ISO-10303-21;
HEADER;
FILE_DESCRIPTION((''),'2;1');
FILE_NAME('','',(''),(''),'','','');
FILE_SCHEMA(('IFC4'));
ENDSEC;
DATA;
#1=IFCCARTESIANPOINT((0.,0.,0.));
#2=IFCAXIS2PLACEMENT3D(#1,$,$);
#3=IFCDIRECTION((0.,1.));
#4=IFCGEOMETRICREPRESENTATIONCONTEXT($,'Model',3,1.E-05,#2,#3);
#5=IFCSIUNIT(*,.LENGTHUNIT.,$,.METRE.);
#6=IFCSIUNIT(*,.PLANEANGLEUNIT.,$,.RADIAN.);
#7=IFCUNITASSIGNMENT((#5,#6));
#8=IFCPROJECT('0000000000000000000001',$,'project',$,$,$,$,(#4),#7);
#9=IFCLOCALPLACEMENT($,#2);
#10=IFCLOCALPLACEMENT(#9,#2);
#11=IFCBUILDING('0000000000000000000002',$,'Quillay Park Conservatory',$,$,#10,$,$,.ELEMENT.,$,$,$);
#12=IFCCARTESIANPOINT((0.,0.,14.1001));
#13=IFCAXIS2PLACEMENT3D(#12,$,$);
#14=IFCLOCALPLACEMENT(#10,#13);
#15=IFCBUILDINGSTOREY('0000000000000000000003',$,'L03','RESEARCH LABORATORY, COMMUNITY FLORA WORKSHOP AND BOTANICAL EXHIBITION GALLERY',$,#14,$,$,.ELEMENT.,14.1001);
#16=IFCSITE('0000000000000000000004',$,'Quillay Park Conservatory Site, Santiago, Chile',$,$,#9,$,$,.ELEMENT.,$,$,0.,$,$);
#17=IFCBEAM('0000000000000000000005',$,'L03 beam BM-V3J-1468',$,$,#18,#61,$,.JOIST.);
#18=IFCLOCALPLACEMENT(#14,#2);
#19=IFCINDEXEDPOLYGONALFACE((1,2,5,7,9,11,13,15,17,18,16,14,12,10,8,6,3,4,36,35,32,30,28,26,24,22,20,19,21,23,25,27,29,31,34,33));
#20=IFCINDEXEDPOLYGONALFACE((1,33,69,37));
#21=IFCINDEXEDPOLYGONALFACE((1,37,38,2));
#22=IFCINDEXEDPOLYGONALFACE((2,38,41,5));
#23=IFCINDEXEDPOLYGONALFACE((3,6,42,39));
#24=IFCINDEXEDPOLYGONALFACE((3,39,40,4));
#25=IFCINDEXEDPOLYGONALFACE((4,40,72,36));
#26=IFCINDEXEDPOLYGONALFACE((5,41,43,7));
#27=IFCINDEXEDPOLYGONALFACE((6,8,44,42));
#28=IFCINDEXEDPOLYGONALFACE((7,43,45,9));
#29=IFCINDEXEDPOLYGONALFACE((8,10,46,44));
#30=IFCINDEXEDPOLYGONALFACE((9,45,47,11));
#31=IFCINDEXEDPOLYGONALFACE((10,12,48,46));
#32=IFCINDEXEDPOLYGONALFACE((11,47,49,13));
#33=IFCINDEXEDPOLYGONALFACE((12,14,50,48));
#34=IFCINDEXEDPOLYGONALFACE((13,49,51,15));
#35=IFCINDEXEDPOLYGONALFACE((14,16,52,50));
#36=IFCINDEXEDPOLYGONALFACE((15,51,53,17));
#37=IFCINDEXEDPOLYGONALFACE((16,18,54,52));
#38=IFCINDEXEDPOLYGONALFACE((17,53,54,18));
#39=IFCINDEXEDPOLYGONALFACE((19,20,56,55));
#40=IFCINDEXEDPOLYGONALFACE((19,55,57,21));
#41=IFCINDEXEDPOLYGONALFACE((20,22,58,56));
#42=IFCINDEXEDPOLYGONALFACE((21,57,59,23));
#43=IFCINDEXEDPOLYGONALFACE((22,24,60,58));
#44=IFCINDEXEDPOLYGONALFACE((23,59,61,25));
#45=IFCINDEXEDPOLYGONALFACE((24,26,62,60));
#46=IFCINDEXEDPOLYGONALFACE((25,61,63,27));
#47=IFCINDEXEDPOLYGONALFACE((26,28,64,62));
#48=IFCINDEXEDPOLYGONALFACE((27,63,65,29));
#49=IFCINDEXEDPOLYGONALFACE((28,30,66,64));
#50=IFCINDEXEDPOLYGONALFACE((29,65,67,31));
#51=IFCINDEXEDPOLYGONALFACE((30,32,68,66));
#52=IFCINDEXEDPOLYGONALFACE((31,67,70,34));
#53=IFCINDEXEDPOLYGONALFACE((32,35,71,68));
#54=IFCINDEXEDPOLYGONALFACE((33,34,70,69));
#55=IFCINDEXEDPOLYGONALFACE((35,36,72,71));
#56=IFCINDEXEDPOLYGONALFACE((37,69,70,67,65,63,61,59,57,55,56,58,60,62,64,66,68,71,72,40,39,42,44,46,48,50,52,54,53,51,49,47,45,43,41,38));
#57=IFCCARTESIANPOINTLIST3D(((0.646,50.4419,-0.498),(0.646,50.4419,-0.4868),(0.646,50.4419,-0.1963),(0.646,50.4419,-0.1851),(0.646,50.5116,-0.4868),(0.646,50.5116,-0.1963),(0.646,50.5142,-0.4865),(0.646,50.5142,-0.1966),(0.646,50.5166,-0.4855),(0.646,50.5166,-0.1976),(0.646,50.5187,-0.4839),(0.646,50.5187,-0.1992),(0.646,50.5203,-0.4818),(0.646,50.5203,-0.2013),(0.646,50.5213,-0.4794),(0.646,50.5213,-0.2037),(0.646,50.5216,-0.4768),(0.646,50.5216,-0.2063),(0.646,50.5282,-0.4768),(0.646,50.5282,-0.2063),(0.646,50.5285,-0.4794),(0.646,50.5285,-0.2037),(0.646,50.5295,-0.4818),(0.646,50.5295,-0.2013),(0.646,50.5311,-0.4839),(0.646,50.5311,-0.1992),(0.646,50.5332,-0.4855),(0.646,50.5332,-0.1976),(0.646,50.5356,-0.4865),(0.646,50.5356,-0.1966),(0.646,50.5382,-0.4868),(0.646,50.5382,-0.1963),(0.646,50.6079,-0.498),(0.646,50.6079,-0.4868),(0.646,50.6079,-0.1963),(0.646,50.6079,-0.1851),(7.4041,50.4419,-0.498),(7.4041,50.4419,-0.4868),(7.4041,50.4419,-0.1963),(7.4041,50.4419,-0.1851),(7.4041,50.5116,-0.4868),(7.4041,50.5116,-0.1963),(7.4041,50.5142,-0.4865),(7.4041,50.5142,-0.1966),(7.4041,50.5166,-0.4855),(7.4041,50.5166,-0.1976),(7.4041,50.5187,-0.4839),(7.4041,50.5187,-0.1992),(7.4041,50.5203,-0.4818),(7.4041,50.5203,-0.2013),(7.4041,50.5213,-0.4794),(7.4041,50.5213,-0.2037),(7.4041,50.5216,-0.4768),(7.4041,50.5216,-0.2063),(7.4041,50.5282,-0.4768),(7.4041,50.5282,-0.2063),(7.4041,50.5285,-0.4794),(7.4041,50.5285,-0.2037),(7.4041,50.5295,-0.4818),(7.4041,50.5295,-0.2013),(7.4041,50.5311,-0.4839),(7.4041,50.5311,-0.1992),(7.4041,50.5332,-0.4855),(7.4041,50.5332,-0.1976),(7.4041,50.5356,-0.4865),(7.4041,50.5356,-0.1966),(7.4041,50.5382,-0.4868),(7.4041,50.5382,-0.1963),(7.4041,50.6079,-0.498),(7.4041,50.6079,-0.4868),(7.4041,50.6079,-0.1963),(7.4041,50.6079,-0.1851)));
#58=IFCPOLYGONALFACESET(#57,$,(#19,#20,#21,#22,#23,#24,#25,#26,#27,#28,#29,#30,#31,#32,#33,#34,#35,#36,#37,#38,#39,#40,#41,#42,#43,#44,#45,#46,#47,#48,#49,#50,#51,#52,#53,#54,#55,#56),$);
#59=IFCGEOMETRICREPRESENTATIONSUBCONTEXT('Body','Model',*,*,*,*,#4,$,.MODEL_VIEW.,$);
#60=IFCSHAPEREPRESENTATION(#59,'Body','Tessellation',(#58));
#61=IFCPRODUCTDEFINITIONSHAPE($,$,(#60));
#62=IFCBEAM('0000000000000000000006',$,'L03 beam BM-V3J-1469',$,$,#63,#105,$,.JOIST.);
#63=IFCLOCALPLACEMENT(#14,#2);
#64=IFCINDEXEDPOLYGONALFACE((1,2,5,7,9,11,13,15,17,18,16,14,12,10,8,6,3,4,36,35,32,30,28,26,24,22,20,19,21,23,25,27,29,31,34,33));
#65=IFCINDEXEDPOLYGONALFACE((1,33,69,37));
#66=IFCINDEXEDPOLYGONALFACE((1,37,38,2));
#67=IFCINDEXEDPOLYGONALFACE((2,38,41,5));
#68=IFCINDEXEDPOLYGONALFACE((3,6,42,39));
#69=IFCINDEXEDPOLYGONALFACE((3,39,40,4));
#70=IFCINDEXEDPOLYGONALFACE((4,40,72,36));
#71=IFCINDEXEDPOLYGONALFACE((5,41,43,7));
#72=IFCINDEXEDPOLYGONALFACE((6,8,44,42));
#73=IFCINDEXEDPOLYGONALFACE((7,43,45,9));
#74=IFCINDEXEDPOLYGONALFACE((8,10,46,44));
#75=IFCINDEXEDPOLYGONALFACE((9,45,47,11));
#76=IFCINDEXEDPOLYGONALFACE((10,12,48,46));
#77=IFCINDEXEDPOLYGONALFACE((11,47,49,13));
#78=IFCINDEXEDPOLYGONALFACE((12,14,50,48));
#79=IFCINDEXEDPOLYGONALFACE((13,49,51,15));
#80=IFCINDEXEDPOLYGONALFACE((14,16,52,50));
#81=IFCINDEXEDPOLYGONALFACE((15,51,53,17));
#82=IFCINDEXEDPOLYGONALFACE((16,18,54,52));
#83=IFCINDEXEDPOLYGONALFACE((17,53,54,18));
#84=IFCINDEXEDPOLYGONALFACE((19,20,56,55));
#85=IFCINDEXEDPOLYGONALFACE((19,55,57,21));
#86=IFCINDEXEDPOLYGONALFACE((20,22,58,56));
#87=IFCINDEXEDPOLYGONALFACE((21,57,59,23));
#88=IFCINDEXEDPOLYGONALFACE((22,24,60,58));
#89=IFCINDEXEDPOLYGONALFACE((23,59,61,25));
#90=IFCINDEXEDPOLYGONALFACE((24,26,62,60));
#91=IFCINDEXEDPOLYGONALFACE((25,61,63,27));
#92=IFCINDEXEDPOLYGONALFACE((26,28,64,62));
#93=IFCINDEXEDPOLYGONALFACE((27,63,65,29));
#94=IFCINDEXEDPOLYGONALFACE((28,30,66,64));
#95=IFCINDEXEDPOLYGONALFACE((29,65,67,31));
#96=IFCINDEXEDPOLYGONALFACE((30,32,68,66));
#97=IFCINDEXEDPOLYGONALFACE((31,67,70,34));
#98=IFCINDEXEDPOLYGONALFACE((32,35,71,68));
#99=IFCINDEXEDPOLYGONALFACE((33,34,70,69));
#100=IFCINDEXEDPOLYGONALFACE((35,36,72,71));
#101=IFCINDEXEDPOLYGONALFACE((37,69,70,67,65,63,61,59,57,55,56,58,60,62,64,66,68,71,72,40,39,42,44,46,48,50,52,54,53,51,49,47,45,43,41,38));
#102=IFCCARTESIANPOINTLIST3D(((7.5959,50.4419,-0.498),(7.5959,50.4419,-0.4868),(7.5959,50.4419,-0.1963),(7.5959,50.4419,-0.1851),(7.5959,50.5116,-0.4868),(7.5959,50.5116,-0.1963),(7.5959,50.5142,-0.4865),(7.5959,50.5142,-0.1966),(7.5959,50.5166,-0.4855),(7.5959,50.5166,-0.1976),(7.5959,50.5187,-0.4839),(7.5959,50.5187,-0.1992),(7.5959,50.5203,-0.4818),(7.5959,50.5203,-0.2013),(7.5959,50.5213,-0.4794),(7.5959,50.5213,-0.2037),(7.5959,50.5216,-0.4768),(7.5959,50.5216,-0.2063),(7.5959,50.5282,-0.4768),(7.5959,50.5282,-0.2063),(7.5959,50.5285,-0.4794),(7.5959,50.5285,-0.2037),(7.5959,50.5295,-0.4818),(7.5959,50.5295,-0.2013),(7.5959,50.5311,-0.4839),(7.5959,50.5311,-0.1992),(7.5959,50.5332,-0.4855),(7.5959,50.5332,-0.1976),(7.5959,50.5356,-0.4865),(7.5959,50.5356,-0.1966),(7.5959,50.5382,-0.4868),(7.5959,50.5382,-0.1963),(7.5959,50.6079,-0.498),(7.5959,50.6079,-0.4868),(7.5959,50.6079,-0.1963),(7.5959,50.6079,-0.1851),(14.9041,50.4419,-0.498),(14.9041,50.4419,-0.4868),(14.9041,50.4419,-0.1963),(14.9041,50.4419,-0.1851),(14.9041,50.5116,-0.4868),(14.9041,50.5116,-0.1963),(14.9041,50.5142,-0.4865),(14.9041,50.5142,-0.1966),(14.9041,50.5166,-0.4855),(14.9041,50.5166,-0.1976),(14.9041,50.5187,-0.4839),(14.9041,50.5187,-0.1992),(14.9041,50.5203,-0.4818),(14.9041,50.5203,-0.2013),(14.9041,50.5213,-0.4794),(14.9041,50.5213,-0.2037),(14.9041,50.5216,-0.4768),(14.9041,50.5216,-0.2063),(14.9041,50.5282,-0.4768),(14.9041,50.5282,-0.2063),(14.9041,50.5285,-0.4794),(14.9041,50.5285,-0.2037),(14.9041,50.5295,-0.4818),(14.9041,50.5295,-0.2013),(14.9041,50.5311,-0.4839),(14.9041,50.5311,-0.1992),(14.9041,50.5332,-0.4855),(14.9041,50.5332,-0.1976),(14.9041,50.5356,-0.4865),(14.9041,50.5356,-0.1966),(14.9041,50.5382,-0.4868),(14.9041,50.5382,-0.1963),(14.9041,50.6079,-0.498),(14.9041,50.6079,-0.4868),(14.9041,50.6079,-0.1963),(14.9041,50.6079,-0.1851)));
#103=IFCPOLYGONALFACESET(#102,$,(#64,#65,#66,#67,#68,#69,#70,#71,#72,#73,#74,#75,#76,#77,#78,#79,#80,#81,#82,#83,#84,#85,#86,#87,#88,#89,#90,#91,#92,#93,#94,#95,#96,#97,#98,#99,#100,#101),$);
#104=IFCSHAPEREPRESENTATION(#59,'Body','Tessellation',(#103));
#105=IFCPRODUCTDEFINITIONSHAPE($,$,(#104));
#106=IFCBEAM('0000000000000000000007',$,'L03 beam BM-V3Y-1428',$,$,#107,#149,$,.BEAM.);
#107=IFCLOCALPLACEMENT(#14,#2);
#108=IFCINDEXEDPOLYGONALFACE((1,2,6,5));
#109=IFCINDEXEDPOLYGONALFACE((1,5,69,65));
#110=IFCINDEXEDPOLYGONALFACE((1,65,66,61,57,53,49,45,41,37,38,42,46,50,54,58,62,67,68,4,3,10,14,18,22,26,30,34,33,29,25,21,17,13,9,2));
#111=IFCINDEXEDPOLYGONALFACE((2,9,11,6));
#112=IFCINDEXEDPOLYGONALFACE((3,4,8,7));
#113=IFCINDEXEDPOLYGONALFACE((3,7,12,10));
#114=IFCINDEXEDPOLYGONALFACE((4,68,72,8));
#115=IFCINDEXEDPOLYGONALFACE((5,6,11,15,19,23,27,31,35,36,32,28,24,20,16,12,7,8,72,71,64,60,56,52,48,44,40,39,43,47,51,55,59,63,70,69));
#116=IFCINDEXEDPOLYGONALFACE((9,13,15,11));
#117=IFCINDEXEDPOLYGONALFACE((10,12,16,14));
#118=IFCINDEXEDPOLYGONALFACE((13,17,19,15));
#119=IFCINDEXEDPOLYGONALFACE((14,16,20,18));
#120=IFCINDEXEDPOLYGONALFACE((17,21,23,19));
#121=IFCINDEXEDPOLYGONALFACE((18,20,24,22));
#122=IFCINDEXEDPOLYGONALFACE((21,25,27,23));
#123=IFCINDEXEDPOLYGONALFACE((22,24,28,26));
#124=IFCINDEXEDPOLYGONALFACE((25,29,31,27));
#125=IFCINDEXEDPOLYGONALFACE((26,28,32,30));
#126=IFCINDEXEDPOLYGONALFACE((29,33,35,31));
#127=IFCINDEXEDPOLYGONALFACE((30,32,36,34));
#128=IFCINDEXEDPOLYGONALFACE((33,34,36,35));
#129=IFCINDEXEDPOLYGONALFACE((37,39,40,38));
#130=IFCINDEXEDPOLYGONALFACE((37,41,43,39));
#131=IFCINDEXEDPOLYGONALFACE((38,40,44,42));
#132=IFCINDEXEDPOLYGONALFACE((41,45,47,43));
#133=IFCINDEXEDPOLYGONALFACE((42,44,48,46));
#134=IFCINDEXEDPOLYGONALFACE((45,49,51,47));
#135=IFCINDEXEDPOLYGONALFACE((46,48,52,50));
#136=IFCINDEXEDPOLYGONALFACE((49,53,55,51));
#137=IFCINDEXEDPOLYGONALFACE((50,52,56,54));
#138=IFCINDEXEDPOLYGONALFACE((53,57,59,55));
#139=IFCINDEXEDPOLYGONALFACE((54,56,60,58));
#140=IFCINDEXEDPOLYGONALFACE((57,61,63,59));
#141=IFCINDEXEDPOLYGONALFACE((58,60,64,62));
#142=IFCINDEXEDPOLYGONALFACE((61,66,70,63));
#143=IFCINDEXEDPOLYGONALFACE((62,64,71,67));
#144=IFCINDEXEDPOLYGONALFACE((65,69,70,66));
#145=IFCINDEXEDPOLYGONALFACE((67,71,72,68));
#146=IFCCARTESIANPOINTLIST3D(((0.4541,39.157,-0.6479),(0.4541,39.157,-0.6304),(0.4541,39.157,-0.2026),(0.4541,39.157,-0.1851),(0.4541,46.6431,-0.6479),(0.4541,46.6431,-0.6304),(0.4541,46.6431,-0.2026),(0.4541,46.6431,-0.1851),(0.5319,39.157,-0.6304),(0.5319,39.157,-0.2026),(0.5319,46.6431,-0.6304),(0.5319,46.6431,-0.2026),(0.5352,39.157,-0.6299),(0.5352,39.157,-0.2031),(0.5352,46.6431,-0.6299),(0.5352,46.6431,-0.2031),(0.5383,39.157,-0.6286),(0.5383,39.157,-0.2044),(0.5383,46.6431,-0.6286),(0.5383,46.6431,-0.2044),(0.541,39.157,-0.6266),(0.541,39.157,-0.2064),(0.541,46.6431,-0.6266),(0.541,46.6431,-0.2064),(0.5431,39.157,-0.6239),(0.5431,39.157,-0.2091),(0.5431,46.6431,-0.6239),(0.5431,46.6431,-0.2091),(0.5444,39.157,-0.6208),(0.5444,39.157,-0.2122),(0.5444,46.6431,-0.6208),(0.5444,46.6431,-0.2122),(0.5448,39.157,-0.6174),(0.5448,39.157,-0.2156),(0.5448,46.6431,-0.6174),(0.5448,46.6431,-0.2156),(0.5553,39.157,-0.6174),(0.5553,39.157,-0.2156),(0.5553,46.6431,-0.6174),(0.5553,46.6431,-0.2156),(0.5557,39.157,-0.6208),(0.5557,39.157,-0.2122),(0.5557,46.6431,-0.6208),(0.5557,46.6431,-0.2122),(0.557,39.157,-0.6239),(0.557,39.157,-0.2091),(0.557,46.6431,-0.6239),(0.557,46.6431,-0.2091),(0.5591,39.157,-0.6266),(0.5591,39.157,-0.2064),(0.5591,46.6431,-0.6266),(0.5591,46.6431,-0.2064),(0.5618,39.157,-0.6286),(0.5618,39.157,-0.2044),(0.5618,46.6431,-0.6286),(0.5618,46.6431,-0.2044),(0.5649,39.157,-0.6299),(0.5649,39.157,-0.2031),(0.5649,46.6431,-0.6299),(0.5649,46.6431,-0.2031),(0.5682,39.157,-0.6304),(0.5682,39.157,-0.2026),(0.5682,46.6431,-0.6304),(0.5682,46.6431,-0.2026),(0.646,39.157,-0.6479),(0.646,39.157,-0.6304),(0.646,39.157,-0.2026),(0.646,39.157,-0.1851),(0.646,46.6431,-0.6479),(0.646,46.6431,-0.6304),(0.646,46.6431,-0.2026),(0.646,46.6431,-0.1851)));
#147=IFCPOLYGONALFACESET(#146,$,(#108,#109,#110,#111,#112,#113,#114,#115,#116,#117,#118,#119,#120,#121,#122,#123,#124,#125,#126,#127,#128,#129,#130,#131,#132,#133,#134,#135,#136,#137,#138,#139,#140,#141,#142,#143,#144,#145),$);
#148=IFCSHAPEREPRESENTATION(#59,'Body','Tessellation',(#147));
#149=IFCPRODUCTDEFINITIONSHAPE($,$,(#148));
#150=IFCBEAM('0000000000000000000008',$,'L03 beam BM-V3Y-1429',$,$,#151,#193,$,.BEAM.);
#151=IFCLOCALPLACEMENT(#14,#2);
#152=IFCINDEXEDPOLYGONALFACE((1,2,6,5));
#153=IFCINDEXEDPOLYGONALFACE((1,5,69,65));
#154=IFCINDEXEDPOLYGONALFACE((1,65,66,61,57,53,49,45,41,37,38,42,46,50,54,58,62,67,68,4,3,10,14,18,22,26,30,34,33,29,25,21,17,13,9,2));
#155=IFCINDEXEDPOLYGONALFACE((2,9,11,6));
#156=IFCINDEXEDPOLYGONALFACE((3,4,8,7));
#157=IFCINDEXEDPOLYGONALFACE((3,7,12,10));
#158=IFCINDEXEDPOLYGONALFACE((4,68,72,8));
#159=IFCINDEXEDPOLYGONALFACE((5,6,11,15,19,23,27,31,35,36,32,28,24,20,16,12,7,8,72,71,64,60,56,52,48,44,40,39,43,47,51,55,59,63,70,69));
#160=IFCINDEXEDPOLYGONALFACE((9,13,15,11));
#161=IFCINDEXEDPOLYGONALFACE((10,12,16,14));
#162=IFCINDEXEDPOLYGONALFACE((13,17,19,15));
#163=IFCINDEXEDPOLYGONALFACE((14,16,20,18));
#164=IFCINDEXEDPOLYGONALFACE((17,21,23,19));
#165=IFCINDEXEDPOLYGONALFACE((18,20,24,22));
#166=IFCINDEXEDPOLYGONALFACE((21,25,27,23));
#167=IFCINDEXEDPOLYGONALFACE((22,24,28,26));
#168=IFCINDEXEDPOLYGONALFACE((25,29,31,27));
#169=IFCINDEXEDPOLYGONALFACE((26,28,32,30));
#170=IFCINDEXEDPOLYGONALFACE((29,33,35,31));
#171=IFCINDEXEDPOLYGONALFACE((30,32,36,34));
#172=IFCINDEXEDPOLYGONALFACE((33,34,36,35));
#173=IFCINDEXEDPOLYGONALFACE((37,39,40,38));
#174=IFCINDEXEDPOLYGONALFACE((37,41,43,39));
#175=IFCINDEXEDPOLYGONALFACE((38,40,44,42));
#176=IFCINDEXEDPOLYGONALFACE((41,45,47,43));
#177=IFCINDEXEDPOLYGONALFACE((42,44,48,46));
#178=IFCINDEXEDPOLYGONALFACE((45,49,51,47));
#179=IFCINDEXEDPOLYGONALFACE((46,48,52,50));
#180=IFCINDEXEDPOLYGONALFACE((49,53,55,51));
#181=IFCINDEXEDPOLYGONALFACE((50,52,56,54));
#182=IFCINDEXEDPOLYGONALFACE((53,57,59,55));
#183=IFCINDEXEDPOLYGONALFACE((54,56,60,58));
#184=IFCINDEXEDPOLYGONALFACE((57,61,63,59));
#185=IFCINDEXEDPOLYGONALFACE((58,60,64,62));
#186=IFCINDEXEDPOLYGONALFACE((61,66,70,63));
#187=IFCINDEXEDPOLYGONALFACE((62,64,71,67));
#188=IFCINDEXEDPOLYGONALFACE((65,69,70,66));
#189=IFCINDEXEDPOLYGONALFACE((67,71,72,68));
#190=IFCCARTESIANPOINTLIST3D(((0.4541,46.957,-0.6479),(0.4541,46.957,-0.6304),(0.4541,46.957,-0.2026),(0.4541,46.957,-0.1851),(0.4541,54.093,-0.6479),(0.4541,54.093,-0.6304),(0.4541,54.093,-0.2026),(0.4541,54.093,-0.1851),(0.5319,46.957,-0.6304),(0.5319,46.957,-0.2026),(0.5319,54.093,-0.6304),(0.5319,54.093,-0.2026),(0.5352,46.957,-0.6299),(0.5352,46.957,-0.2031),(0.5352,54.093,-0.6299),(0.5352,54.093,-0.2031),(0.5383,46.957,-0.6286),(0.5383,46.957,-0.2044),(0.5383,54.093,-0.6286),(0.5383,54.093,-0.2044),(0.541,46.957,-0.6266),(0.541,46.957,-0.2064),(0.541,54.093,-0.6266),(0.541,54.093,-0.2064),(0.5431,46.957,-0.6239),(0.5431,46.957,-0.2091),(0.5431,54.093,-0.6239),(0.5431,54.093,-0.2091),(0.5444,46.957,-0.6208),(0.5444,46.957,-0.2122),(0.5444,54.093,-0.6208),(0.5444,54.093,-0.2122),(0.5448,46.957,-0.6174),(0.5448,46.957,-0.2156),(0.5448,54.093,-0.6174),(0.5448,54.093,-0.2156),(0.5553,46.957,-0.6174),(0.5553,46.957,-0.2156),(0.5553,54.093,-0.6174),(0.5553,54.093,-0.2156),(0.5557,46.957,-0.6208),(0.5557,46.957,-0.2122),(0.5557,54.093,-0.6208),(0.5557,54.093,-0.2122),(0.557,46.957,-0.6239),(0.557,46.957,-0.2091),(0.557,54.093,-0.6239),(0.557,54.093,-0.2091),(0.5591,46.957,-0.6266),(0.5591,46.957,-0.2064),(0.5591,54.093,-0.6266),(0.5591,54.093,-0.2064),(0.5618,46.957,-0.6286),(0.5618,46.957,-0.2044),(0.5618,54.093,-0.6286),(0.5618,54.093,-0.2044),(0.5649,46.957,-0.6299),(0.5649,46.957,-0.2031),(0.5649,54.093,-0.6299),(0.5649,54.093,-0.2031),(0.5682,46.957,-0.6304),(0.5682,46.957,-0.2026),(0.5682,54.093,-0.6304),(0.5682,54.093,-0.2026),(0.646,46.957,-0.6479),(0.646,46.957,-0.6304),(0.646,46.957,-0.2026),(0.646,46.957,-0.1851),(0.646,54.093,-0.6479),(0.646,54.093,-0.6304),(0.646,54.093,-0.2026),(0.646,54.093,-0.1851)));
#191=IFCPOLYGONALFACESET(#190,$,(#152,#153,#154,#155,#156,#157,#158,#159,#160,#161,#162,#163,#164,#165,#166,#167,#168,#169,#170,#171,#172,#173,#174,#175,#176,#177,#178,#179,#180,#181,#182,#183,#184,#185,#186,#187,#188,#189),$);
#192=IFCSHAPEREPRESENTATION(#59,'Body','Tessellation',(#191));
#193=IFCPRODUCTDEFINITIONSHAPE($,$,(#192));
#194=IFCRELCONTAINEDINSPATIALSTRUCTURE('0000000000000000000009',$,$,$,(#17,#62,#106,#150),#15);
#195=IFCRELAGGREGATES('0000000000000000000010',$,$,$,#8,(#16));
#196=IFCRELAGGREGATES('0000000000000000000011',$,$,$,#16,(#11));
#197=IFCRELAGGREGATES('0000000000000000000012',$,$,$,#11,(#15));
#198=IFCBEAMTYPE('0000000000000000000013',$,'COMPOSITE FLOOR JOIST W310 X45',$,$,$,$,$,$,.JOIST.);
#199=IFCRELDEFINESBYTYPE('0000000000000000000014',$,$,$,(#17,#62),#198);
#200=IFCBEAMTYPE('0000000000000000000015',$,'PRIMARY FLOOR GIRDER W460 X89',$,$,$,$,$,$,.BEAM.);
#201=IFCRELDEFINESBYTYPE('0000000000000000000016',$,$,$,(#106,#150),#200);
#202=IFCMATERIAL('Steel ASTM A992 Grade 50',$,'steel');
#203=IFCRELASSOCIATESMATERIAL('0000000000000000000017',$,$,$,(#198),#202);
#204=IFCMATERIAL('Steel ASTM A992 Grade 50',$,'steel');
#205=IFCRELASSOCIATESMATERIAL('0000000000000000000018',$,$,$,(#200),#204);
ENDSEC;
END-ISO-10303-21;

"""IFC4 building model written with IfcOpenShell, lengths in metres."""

from ifc_helpers import new_model, si_unit, direction, frame, origin, origin_2d, place, context, subcontext, project, spatial, i_section, extrude, material, material_profile, profile_set, type_object, element, save


model = new_model("IFC4")

# Units and contexts
model_context = context("Model", 3, precision=1e-05, world=origin(), true_north=direction((0.0, 1.0)))
body_context = subcontext(model_context, "Body", "Model", "MODEL_VIEW")
ifc_project = project(units=[si_unit("LENGTHUNIT", "METRE"), si_unit("PLANEANGLEUNIT", "RADIAN")], contexts=[model_context])

# Site, building, storey
site_placement = place(None, origin())
site = spatial("IfcSite", under=ifc_project, at=site_placement, Name="Quillay Park Conservatory Site, Santiago, Chile", CompositionType="ELEMENT", RefElevation=0.0)
building_placement = place(site_placement, origin())
building = spatial("IfcBuilding", under=site, at=building_placement, Name="Quillay Park Conservatory", CompositionType="ELEMENT")
storey_placement = place(building_placement, frame((0.0, 0.0, 14.1001)))
storey = spatial("IfcBuildingStorey", under=building, at=storey_placement, Name="L03", Description="RESEARCH LABORATORY, COMMUNITY FLORA WORKSHOP AND BOTANICAL EXHIBITION GALLERY", CompositionType="ELEMENT", Elevation=14.1001)

# Beams
ifc_material_1 = material(Name="Steel ASTM A992 Grade 50", Category="steel")
ifc_material_profile_1 = material_profile(ifc_material_1, i_section(OverallWidth=0.166, OverallDepth=0.313, WebThickness=0.0066, FlangeThickness=0.0112, FilletRadius=0.01, at=origin_2d()), Name="W310x45")
ifc_profile_set_1 = profile_set([ifc_material_profile_1], Name="Steel ASTM A992 Grade 50")
beam_type_1 = type_object("IfcBeamType", Name="COMPOSITE FLOOR JOIST W310 X45", PredefinedType="JOIST", material=ifc_profile_set_1)
beam_1_placement = place(storey_placement, frame((0.646, 50.5249, -0.3416), z_axis=(1.0, 0.0, 0.0), x_axis=(0.0, 1.0, 0.0)))
element("IfcBeam", 1, at=beam_1_placement, inside=storey, type_object=beam_type_1, Name="L03 beam BM-V3J-1468", PredefinedType="JOIST", context=body_context, shape_type="SweptSolid", body=[
    extrude(i_section(OverallWidth=0.166, OverallDepth=0.313, WebThickness=0.0066, FlangeThickness=0.0112, FilletRadius=0.01, at=origin_2d()), origin(), (0.0, 0.0, 1.0), 6.7581),
])
beam_2_placement = place(storey_placement, frame((7.5959, 50.5249, -0.3416), z_axis=(1.0, 0.0, 0.0), x_axis=(0.0, 1.0, 0.0)))
element("IfcBeam", 2, at=beam_2_placement, inside=storey, type_object=beam_type_1, Name="L03 beam BM-V3J-1469", PredefinedType="JOIST", context=body_context, shape_type="SweptSolid", body=[
    extrude(i_section(OverallWidth=0.166, OverallDepth=0.313, WebThickness=0.0066, FlangeThickness=0.0112, FilletRadius=0.01, at=origin_2d()), origin(), (0.0, 0.0, 1.0), 7.3081),
])
ifc_material_2 = material(Name="Steel ASTM A992 Grade 50", Category="steel")
ifc_material_profile_2 = material_profile(ifc_material_2, i_section(OverallWidth=0.1919, OverallDepth=0.4629, WebThickness=0.0105, FlangeThickness=0.0176, FilletRadius=0.0129, at=origin_2d()), Name="W460x89")
ifc_profile_set_2 = profile_set([ifc_material_profile_2], Name="Steel ASTM A992 Grade 50")
beam_type_2 = type_object("IfcBeamType", Name="PRIMARY FLOOR GIRDER W460 X89", PredefinedType="BEAM", material=ifc_profile_set_2)
beam_3_placement = place(storey_placement, frame((0.55, 39.157, -0.4165), z_axis=(0.0, 1.0, 0.0), x_axis=(-1.0, 0.0, 0.0)))
element("IfcBeam", 3, at=beam_3_placement, inside=storey, type_object=beam_type_2, Name="L03 beam BM-V3Y-1428", PredefinedType="BEAM", context=body_context, shape_type="SweptSolid", body=[
    extrude(i_section(OverallWidth=0.1919, OverallDepth=0.4629, WebThickness=0.0105, FlangeThickness=0.0176, FilletRadius=0.0129, at=origin_2d()), origin(), (0.0, 0.0, 1.0), 7.4861),
])
beam_4_placement = place(storey_placement, frame((0.55, 46.957, -0.4165), z_axis=(0.0, 1.0, 0.0), x_axis=(-1.0, 0.0, 0.0)))
element("IfcBeam", 4, at=beam_4_placement, inside=storey, type_object=beam_type_2, Name="L03 beam BM-V3Y-1429", PredefinedType="BEAM", context=body_context, shape_type="SweptSolid", body=[
    extrude(i_section(OverallWidth=0.1919, OverallDepth=0.4629, WebThickness=0.0105, FlangeThickness=0.0176, FilletRadius=0.0129, at=origin_2d()), origin(), (0.0, 0.0, 1.0), 7.136),
])

save(model, "model.ifc")
